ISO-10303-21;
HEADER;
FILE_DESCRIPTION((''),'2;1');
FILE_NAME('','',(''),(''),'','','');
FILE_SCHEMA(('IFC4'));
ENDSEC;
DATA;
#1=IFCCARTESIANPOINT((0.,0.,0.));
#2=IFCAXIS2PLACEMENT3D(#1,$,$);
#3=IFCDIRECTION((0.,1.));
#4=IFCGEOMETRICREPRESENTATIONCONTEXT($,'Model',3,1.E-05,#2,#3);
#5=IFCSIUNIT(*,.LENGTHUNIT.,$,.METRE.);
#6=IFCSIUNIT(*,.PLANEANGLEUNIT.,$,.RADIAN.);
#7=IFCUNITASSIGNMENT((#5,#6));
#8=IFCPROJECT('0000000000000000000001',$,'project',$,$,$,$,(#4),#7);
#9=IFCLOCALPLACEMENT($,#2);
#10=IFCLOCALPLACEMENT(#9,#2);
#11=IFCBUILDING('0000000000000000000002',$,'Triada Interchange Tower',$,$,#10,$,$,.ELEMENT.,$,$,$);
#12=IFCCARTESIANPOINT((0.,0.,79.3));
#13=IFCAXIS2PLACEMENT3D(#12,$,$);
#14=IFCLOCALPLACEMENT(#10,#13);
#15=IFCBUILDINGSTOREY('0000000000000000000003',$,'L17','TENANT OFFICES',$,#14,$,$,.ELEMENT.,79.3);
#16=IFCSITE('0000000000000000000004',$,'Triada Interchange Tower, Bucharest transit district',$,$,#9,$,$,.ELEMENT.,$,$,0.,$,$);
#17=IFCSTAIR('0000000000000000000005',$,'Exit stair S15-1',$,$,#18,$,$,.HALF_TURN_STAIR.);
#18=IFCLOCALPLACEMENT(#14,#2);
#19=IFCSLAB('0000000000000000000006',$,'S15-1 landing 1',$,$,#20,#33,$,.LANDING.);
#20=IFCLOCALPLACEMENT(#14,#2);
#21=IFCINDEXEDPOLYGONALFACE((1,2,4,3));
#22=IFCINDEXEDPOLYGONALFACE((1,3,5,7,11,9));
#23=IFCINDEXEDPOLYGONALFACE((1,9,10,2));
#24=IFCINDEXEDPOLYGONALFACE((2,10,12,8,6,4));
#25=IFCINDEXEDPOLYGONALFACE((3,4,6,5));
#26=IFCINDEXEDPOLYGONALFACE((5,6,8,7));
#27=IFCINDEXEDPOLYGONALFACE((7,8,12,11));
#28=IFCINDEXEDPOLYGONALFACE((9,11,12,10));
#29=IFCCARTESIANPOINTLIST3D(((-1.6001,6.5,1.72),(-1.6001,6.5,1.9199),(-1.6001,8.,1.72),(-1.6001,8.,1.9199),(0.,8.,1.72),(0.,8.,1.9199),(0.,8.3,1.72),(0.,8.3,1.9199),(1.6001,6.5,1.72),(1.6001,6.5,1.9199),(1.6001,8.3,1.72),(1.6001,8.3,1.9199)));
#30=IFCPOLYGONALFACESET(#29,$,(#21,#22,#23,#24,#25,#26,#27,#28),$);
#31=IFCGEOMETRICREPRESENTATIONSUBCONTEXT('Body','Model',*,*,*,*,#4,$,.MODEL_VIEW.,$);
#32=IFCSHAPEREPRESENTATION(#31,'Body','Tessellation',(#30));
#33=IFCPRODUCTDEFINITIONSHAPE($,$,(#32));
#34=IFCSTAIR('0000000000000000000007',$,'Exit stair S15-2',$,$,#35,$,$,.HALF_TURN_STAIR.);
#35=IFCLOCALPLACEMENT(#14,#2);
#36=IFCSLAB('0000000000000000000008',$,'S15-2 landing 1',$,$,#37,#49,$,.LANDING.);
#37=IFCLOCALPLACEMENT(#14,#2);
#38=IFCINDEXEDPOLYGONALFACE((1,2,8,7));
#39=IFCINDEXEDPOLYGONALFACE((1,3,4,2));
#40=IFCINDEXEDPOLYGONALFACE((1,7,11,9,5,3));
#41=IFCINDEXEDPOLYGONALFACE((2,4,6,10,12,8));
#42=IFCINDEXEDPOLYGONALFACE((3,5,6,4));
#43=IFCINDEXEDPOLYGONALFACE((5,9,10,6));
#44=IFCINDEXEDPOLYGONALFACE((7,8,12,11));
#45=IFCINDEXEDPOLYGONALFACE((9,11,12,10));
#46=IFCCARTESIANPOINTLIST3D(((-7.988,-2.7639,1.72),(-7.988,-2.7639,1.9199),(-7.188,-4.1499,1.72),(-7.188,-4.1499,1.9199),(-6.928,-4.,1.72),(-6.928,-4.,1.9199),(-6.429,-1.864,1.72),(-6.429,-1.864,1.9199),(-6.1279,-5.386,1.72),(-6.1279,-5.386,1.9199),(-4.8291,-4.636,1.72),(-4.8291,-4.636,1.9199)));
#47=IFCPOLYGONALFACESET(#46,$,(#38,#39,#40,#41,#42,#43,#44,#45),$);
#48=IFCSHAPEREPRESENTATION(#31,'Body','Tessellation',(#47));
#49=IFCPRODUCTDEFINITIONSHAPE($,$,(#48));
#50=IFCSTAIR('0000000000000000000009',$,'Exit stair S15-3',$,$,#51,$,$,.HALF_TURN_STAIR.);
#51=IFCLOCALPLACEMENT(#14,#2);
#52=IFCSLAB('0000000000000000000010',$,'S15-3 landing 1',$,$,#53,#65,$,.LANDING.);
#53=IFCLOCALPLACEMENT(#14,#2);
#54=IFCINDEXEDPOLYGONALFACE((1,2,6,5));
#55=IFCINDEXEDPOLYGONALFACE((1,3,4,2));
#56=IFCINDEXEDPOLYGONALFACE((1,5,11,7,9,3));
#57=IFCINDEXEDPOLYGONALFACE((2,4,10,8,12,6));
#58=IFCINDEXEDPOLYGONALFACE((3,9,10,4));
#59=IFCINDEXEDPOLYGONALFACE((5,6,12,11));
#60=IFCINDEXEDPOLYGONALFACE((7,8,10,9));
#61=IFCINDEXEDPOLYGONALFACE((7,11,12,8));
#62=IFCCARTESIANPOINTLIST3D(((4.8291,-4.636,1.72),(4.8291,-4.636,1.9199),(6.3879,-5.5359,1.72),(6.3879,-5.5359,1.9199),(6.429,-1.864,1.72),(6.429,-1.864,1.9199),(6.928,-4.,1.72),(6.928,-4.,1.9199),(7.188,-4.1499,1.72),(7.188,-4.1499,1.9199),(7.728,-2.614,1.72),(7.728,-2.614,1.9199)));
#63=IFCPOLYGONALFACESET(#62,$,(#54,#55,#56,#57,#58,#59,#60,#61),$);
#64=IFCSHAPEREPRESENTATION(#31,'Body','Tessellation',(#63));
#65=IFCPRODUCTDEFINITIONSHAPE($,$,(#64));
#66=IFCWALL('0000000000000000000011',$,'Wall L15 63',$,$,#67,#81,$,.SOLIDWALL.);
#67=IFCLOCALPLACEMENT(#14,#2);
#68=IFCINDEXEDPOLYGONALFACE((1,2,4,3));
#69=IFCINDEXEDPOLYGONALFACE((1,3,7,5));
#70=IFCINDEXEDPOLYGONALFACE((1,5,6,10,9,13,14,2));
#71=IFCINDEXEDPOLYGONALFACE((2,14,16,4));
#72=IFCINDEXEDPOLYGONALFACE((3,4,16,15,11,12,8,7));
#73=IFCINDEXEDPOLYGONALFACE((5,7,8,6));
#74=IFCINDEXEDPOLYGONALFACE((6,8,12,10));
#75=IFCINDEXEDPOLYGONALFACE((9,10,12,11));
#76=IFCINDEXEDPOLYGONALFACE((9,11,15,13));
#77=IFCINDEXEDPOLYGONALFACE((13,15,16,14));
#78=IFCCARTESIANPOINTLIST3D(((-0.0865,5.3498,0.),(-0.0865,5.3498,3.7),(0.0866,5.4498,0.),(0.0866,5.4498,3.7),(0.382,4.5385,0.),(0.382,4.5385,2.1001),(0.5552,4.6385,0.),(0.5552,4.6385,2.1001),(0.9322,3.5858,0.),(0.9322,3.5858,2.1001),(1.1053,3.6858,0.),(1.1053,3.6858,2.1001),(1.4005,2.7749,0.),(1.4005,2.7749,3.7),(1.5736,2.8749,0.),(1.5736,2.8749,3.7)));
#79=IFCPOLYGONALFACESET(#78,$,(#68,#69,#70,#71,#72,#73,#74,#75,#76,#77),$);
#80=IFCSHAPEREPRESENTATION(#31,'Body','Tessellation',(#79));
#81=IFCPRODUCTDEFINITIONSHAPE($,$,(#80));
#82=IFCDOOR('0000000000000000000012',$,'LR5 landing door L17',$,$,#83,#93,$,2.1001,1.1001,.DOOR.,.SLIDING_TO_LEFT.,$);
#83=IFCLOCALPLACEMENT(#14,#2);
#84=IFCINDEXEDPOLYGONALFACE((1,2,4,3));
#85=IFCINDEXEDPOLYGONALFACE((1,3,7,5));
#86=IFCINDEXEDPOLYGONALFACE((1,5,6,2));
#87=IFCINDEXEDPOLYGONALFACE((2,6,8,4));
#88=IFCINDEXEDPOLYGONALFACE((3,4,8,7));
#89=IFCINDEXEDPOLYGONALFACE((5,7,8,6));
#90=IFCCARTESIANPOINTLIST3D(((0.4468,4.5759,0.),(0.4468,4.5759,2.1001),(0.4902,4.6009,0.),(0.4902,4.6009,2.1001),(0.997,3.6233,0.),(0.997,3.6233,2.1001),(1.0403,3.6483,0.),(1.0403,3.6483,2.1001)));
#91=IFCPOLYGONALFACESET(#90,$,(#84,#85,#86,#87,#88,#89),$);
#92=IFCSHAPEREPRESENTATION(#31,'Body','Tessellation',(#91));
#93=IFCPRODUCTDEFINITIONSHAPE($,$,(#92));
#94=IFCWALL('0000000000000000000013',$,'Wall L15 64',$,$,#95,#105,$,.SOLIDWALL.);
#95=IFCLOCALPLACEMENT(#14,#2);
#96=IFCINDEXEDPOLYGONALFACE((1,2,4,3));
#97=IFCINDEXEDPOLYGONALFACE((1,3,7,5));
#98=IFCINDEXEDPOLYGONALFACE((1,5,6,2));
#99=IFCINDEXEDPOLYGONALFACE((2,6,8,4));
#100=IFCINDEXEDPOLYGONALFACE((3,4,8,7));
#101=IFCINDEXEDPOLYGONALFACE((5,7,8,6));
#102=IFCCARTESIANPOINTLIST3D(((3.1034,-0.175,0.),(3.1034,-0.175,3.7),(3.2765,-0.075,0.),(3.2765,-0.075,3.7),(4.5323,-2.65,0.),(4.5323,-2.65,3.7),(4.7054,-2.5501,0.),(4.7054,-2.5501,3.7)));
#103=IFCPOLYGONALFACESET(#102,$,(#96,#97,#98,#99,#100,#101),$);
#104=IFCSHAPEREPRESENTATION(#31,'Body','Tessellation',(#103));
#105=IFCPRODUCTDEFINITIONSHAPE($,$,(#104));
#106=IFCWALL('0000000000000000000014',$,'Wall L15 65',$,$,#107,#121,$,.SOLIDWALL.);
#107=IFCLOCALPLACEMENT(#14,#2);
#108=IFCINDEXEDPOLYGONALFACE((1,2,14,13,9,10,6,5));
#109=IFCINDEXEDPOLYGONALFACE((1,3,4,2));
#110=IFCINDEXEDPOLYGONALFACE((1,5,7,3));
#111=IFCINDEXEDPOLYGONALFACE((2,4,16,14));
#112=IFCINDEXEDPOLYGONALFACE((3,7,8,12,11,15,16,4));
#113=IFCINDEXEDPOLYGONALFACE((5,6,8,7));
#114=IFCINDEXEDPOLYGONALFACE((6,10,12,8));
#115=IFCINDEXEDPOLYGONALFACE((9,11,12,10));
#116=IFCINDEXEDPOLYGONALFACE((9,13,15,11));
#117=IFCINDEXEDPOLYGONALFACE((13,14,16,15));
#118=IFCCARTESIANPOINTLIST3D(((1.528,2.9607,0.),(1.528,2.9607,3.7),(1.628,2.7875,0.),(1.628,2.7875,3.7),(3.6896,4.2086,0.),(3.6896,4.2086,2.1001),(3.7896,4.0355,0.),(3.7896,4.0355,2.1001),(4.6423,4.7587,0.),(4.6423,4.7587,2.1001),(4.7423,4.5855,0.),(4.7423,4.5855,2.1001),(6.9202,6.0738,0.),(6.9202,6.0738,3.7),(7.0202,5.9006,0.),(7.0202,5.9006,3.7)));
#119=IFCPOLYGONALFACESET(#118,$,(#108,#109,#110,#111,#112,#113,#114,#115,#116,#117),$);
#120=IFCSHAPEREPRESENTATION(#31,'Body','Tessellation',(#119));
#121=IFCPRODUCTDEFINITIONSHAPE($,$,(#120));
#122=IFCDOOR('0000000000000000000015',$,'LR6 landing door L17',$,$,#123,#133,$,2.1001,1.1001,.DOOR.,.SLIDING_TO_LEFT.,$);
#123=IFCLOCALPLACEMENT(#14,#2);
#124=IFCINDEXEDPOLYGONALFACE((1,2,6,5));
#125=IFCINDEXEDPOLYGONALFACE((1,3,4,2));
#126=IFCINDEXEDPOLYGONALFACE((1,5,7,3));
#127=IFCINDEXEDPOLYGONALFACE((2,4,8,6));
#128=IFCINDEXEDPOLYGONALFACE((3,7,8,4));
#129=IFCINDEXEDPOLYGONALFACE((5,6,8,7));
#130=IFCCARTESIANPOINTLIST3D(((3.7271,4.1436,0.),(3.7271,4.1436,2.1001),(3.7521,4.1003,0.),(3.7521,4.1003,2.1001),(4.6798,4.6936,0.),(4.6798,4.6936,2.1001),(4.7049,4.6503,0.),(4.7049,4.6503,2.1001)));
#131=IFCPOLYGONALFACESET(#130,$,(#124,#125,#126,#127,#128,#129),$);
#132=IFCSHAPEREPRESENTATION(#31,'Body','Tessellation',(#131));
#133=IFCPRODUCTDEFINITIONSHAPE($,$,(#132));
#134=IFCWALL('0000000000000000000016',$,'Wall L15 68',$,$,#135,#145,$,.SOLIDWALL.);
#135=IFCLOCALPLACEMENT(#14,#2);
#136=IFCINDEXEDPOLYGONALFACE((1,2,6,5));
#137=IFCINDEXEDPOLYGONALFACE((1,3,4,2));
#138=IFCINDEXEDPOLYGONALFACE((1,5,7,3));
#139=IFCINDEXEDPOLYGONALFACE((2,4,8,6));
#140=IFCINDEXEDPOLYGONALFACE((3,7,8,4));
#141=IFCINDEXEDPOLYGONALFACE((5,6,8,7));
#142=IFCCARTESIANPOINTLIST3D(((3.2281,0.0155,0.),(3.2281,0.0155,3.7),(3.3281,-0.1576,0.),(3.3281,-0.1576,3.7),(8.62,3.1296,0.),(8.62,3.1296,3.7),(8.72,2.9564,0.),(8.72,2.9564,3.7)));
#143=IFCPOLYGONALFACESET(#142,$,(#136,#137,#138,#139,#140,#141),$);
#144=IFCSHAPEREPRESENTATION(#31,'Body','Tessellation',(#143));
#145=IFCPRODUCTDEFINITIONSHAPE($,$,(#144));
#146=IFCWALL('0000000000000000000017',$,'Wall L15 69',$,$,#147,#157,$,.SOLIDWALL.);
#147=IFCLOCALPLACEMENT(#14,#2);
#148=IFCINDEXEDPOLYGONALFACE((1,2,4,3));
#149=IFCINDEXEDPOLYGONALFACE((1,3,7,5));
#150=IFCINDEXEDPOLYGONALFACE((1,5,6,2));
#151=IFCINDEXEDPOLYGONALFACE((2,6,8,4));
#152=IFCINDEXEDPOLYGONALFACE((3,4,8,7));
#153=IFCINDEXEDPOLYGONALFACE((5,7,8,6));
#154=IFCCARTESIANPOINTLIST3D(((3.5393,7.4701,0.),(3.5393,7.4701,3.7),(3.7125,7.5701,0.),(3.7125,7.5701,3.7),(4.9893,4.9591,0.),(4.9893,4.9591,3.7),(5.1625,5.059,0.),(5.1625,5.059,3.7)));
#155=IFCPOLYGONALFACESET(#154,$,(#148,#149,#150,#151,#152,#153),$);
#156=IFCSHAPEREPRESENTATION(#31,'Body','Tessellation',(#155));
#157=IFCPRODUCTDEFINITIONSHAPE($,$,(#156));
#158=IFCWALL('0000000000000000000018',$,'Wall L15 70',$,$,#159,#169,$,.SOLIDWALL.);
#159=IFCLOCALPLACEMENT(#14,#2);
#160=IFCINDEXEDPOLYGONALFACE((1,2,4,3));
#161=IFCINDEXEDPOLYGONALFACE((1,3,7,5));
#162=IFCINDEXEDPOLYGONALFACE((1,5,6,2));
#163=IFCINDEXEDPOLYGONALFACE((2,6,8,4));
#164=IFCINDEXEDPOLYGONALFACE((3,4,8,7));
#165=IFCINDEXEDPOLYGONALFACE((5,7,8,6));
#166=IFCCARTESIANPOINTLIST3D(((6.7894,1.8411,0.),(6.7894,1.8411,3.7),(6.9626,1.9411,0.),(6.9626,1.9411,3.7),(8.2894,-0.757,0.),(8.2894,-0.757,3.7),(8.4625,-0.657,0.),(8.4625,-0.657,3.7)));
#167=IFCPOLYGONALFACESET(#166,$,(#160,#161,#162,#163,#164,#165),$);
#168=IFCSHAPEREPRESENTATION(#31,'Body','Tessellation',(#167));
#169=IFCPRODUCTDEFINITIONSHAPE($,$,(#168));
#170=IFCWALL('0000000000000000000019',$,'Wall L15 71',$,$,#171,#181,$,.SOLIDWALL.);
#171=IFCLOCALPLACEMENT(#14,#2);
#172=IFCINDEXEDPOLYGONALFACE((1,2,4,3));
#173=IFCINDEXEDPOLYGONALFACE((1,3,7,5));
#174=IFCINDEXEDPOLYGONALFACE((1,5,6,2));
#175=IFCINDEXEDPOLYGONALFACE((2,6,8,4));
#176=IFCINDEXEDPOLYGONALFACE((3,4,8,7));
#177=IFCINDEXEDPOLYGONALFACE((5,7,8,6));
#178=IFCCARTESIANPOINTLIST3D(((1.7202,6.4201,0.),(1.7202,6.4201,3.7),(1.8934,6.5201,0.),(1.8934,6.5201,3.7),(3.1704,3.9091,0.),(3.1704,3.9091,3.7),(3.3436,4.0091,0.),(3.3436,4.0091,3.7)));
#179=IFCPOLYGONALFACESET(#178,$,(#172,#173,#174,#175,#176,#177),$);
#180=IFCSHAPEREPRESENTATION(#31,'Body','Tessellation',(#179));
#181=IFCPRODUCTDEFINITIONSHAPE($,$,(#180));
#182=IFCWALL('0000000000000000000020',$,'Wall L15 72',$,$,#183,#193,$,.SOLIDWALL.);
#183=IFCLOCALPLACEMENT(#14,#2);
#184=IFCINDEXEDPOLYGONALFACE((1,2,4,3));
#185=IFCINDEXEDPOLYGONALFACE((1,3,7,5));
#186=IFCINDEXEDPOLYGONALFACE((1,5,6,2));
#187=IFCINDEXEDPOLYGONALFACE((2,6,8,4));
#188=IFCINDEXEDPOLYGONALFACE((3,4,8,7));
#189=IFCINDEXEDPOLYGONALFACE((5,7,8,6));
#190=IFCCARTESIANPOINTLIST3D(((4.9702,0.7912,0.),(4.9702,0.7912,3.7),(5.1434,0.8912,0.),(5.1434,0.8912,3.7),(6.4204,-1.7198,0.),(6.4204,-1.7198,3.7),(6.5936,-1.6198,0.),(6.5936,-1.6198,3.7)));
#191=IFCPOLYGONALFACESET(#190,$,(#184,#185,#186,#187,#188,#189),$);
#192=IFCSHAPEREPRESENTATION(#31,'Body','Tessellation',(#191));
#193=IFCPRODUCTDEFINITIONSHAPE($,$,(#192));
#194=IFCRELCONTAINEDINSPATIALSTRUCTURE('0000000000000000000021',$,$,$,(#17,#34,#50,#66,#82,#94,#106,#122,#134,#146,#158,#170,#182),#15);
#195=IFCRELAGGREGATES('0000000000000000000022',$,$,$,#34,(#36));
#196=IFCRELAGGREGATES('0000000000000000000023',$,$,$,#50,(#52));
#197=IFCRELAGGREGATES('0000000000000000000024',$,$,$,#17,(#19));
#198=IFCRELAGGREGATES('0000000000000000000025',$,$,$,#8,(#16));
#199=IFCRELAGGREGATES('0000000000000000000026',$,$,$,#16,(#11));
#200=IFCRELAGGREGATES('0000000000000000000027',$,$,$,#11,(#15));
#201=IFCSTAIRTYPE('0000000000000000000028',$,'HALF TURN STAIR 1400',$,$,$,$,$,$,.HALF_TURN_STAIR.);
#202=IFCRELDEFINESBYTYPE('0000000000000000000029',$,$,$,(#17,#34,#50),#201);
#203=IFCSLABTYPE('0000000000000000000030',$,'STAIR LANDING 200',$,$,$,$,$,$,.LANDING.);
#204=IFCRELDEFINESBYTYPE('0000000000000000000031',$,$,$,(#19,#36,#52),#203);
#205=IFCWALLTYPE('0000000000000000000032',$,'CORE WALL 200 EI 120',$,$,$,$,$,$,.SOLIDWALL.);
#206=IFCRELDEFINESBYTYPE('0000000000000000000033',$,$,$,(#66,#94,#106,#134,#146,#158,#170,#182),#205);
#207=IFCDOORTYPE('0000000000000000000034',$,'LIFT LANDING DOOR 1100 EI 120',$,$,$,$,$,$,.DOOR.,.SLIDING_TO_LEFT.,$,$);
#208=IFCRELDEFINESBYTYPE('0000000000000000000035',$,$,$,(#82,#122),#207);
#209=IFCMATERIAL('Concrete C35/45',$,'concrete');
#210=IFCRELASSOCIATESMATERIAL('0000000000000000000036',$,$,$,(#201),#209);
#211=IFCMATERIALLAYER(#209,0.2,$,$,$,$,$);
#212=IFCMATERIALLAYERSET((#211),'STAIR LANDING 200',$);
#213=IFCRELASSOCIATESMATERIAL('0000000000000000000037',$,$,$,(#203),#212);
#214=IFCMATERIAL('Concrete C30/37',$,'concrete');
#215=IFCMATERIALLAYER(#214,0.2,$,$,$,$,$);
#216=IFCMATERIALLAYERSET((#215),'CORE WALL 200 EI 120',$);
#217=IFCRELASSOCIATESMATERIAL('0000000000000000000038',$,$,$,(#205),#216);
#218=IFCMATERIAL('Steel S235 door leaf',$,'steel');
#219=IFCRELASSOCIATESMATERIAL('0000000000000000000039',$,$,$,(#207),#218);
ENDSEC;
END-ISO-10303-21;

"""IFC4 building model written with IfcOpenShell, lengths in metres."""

from ifc_helpers import new_model, si_unit, direction, frame, frame_2d, origin, place, context, subcontext, project, spatial, polyline, rectangle, outline, extrude, material, layer, layer_set, type_object, element, fill, aggregate, save


model = new_model("IFC4")

# Units and contexts
model_context = context("Model", 3, precision=1e-05, world=origin(), true_north=direction((0.0, 1.0)))
body_context = subcontext(model_context, "Body", "Model", "MODEL_VIEW")
ifc_project = project(units=[si_unit("LENGTHUNIT", "METRE"), si_unit("PLANEANGLEUNIT", "RADIAN")], contexts=[model_context])

# Site, building, storey
site_placement = place(None, origin())
site = spatial("IfcSite", under=ifc_project, at=site_placement, Name="Triada Interchange Tower, Bucharest transit district", CompositionType="ELEMENT", RefElevation=0.0)
building_placement = place(site_placement, origin())
building = spatial("IfcBuilding", under=site, at=building_placement, Name="Triada Interchange Tower", CompositionType="ELEMENT")
storey_placement = place(building_placement, frame((0.0, 0.0, 79.3)))
storey = spatial("IfcBuildingStorey", under=building, at=storey_placement, Name="L17", Description="TENANT OFFICES", CompositionType="ELEMENT", Elevation=79.3)

# Stairs, slabs
ifc_material_1 = material(Name="Concrete C35/45", Category="concrete")
stair_type = type_object("IfcStairType", Name="HALF TURN STAIR 1400", PredefinedType="HALF_TURN_STAIR", material=ifc_material_1)
stair_1_placement = place(storey_placement, origin())
stair_1 = element("IfcStair", 1, at=stair_1_placement, inside=storey, type_object=stair_type, Name="Exit stair S15-1", PredefinedType="HALF_TURN_STAIR")
ifc_layer_1 = layer(ifc_material_1, 0.2)
ifc_layer_set_1 = layer_set([ifc_layer_1], Name="STAIR LANDING 200")
slab_type_1 = type_object("IfcSlabType", Name="STAIR LANDING 200", PredefinedType="LANDING", material=ifc_layer_set_1)
slab_1_placement = place(storey_placement, frame((0.0, 0.0, 1.72)))
slab_1 = element("IfcSlab", 2, at=slab_1_placement, type_object=slab_type_1, Name="S15-1 landing 1", PredefinedType="LANDING", context=body_context, shape_type="SweptSolid", body=[
    extrude(outline(polyline([(1.6001, 6.5), (1.6001, 8.3), (0.0, 8.3), (0.0, 8.0), (-1.6001, 8.0), (-1.6001, 6.5), (1.6001, 6.5)])), origin(), (0.0, 0.0, 1.0), 0.2),
])
stair_2_placement = place(storey_placement, origin())
stair_2 = element("IfcStair", 3, at=stair_2_placement, inside=storey, type_object=stair_type, Name="Exit stair S15-2", PredefinedType="HALF_TURN_STAIR")
slab_2_placement = place(storey_placement, frame((0.0, 0.0, 1.72)))
slab_2 = element("IfcSlab", 4, at=slab_2_placement, type_object=slab_type_1, Name="S15-2 landing 1", PredefinedType="LANDING", context=body_context, shape_type="SweptSolid", body=[
    extrude(outline(polyline([(-6.429, -1.864), (-7.988, -2.7639), (-7.188, -4.1499), (-6.928, -4.0), (-6.1279, -5.386), (-4.8291, -4.636), (-6.429, -1.864)])), origin(), (0.0, 0.0, 1.0), 0.2),
])
aggregate(stair_2, [slab_2])
stair_3_placement = place(storey_placement, origin())
stair_3 = element("IfcStair", 5, at=stair_3_placement, inside=storey, type_object=stair_type, Name="Exit stair S15-3", PredefinedType="HALF_TURN_STAIR")
slab_3_placement = place(storey_placement, frame((0.0, 0.0, 1.72)))
slab_3 = element("IfcSlab", 6, at=slab_3_placement, type_object=slab_type_1, Name="S15-3 landing 1", PredefinedType="LANDING", context=body_context, shape_type="SweptSolid", body=[
    extrude(outline(polyline([(4.8291, -4.636), (6.3879, -5.5359), (7.188, -4.1499), (6.928, -4.0), (7.728, -2.614), (6.429, -1.864), (4.8291, -4.636)])), origin(), (0.0, 0.0, 1.0), 0.2),
])
aggregate(stair_3, [slab_3])

# Wall, opening, door
ifc_material_2 = material(Name="Concrete C30/37", Category="concrete")
ifc_layer_2 = layer(ifc_material_2, 0.2)
ifc_layer_set_2 = layer_set([ifc_layer_2], Name="CORE WALL 200 EI 120")
wall_type_1 = type_object("IfcWallType", Name="CORE WALL 200 EI 120", PredefinedType="SOLIDWALL", material=ifc_layer_set_2)
wall_1_placement = place(storey_placement, frame((0.0, 5.3999, 0.0), z_axis=(0.0, 0.0, 1.0), x_axis=(0.500104, -0.865965, 0.0)))
wall_1 = element("IfcWall", 7, at=wall_1_placement, inside=storey, type_object=wall_type_1, Name="Wall L15 63", PredefinedType="SOLIDWALL", context=body_context, shape_type="SweptSolid", body=[
    extrude(rectangle(XDim=2.9734, YDim=0.2, at=frame_2d((1.4868, 0.0))), origin(), (0.0, 0.0, 1.0), 3.7),
])
opening_1_placement = place(wall_1_placement, frame((0.937, 0.0, 0.0)))
opening_1 = element("IfcOpeningElement", 8, at=opening_1_placement, cuts=wall_1, PredefinedType="OPENING", context=body_context, shape_type="SweptSolid", body=[
    extrude(rectangle(XDim=1.1001, YDim=2.1001, at=frame_2d((0.55, 1.05))), frame((0.0, 0.1099, 0.0), z_axis=(0.0, -1.0, 0.0), x_axis=(1.0, 0.0, 0.0)), (0.0, 0.0, 1.0), 0.22),
])
ifc_material_3 = material(Name="Steel S235 door leaf", Category="steel")
door_type = type_object("IfcDoorType", Name="LIFT LANDING DOOR 1100 EI 120", OperationType="SLIDING_TO_LEFT", PredefinedType="DOOR", material=ifc_material_3)
door_1_placement = place(opening_1_placement, origin())
door_1 = element("IfcDoor", 9, at=door_1_placement, inside=storey, type_object=door_type, Name="LR5 landing door L17", OperationType="SLIDING_TO_LEFT", OverallHeight=2.1001, OverallWidth=1.1001, PredefinedType="DOOR", context=body_context, shape_type="SweptSolid", body=[
    extrude(rectangle(XDim=1.1001, YDim=2.1001, at=frame_2d((0.55, 1.05))), frame((0.0, 0.0249, 0.0), z_axis=(0.0, -1.0, 0.0), x_axis=(1.0, 0.0, 0.0)), (0.0, 0.0, 1.0), 0.05),
])
fill(opening_1, door_1)

# Wall
wall_2_placement = place(storey_placement, frame((3.1899, -0.125, 0.0), z_axis=(0.0, 0.0, 1.0), x_axis=(0.499989, -0.866032, 0.0)))
element("IfcWall", 10, at=wall_2_placement, inside=storey, type_object=wall_type_1, Name="Wall L15 64", PredefinedType="SOLIDWALL", context=body_context, shape_type="SweptSolid", body=[
    extrude(rectangle(XDim=2.8579, YDim=0.2, at=frame_2d((1.429, 0.0))), origin(), (0.0, 0.0, 1.0), 3.7),
])

# Wall, opening, door
wall_3_placement = place(storey_placement, frame((1.5779, 2.874, 0.0), z_axis=(0.0, 0.0, 1.0), x_axis=(0.866031, 0.499989, 0.0)))
wall_3 = element("IfcWall", 11, at=wall_3_placement, inside=storey, type_object=wall_type_1, Name="Wall L15 65", PredefinedType="SOLIDWALL", context=body_context, shape_type="SweptSolid", body=[
    extrude(rectangle(XDim=6.2263, YDim=0.2, at=frame_2d((3.1133, 0.0))), origin(), (0.0, 0.0, 1.0), 3.7),
])
opening_2_placement = place(wall_3_placement, frame((2.4961, 0.0, 0.0)))
opening_2 = element("IfcOpeningElement", 12, at=opening_2_placement, cuts=wall_3, PredefinedType="OPENING", context=body_context, shape_type="SweptSolid", body=[
    extrude(rectangle(XDim=1.1001, YDim=2.1001, at=frame_2d((0.55, 1.05))), frame((0.0, 0.1099, 0.0), z_axis=(0.0, -1.0, 0.0), x_axis=(1.0, 0.0, 0.0)), (0.0, 0.0, 1.0), 0.22),
])
door_2_placement = place(opening_2_placement, origin())
door_2 = element("IfcDoor", 13, at=door_2_placement, inside=storey, type_object=door_type, Name="LR6 landing door L17", OperationType="SLIDING_TO_LEFT", OverallHeight=2.1001, OverallWidth=1.1001, PredefinedType="DOOR", context=body_context, shape_type="SweptSolid", body=[
    extrude(rectangle(XDim=1.1001, YDim=2.1001, at=frame_2d((0.55, 1.05))), frame((0.0, 0.0249, 0.0), z_axis=(0.0, -1.0, 0.0), x_axis=(1.0, 0.0, 0.0)), (0.0, 0.0, 1.0), 0.05),
])
fill(opening_2, door_2)

# Walls
wall_4_placement = place(storey_placement, frame((3.2781, -0.071, 0.0), z_axis=(0.0, 0.0, 1.0), x_axis=(0.865954, 0.500124, 0.0)))
element("IfcWall", 14, at=wall_4_placement, inside=storey, type_object=wall_type_1, Name="Wall L15 68", PredefinedType="SOLIDWALL", context=body_context, shape_type="SweptSolid", body=[
    extrude(rectangle(XDim=6.2266, YDim=0.2, at=frame_2d((3.1133, 0.0))), origin(), (0.0, 0.0, 1.0), 3.7),
])
wall_5_placement = place(storey_placement, frame((3.626, 7.52, 0.0), z_axis=(0.0, 0.0, 1.0), x_axis=(0.50006, -0.865991, 0.0)))
element("IfcWall", 15, at=wall_5_placement, inside=storey, type_object=wall_type_1, Name="Wall L15 69", PredefinedType="SOLIDWALL", context=body_context, shape_type="SweptSolid", body=[
    extrude(rectangle(XDim=2.8997, YDim=0.2, at=frame_2d((1.4497, 0.0))), origin(), (0.0, 0.0, 1.0), 3.7),
])
wall_6_placement = place(storey_placement, frame((6.876, 1.8911, 0.0), z_axis=(0.0, 0.0, 1.0), x_axis=(0.49999, -0.866031, 0.0)))
element("IfcWall", 16, at=wall_6_placement, inside=storey, type_object=wall_type_1, Name="Wall L15 70", PredefinedType="SOLIDWALL", context=body_context, shape_type="SweptSolid", body=[
    extrude(rectangle(XDim=3.0, YDim=0.2, at=frame_2d((1.5, 0.0))), origin(), (0.0, 0.0, 1.0), 3.7),
])
for number, where, z_axis, x_axis, name in (
    (17, (1.8069, 6.47, 0.0), (0.0, 0.0, 1.0), (0.500123, -0.865954, 0.0), "Wall L15 71"),
    (18, (5.0569, 0.8411, 0.0), (0.0, 0.0, 1.0), (0.500123, -0.865954, 0.0), "Wall L15 72"),
):
    element("IfcWall", number, at=place(storey_placement, frame(where, z_axis=z_axis, x_axis=x_axis)), inside=storey, type_object=wall_type_1, Name=name, PredefinedType="SOLIDWALL", context=body_context, shape_type="SweptSolid", body=[
        extrude(rectangle(XDim=2.8997, YDim=0.2, at=frame_2d((1.4497, 0.0))), origin(), (0.0, 0.0, 1.0), 3.7),
    ])

aggregate(stair_1, [slab_1])

save(model, "model.ifc")
